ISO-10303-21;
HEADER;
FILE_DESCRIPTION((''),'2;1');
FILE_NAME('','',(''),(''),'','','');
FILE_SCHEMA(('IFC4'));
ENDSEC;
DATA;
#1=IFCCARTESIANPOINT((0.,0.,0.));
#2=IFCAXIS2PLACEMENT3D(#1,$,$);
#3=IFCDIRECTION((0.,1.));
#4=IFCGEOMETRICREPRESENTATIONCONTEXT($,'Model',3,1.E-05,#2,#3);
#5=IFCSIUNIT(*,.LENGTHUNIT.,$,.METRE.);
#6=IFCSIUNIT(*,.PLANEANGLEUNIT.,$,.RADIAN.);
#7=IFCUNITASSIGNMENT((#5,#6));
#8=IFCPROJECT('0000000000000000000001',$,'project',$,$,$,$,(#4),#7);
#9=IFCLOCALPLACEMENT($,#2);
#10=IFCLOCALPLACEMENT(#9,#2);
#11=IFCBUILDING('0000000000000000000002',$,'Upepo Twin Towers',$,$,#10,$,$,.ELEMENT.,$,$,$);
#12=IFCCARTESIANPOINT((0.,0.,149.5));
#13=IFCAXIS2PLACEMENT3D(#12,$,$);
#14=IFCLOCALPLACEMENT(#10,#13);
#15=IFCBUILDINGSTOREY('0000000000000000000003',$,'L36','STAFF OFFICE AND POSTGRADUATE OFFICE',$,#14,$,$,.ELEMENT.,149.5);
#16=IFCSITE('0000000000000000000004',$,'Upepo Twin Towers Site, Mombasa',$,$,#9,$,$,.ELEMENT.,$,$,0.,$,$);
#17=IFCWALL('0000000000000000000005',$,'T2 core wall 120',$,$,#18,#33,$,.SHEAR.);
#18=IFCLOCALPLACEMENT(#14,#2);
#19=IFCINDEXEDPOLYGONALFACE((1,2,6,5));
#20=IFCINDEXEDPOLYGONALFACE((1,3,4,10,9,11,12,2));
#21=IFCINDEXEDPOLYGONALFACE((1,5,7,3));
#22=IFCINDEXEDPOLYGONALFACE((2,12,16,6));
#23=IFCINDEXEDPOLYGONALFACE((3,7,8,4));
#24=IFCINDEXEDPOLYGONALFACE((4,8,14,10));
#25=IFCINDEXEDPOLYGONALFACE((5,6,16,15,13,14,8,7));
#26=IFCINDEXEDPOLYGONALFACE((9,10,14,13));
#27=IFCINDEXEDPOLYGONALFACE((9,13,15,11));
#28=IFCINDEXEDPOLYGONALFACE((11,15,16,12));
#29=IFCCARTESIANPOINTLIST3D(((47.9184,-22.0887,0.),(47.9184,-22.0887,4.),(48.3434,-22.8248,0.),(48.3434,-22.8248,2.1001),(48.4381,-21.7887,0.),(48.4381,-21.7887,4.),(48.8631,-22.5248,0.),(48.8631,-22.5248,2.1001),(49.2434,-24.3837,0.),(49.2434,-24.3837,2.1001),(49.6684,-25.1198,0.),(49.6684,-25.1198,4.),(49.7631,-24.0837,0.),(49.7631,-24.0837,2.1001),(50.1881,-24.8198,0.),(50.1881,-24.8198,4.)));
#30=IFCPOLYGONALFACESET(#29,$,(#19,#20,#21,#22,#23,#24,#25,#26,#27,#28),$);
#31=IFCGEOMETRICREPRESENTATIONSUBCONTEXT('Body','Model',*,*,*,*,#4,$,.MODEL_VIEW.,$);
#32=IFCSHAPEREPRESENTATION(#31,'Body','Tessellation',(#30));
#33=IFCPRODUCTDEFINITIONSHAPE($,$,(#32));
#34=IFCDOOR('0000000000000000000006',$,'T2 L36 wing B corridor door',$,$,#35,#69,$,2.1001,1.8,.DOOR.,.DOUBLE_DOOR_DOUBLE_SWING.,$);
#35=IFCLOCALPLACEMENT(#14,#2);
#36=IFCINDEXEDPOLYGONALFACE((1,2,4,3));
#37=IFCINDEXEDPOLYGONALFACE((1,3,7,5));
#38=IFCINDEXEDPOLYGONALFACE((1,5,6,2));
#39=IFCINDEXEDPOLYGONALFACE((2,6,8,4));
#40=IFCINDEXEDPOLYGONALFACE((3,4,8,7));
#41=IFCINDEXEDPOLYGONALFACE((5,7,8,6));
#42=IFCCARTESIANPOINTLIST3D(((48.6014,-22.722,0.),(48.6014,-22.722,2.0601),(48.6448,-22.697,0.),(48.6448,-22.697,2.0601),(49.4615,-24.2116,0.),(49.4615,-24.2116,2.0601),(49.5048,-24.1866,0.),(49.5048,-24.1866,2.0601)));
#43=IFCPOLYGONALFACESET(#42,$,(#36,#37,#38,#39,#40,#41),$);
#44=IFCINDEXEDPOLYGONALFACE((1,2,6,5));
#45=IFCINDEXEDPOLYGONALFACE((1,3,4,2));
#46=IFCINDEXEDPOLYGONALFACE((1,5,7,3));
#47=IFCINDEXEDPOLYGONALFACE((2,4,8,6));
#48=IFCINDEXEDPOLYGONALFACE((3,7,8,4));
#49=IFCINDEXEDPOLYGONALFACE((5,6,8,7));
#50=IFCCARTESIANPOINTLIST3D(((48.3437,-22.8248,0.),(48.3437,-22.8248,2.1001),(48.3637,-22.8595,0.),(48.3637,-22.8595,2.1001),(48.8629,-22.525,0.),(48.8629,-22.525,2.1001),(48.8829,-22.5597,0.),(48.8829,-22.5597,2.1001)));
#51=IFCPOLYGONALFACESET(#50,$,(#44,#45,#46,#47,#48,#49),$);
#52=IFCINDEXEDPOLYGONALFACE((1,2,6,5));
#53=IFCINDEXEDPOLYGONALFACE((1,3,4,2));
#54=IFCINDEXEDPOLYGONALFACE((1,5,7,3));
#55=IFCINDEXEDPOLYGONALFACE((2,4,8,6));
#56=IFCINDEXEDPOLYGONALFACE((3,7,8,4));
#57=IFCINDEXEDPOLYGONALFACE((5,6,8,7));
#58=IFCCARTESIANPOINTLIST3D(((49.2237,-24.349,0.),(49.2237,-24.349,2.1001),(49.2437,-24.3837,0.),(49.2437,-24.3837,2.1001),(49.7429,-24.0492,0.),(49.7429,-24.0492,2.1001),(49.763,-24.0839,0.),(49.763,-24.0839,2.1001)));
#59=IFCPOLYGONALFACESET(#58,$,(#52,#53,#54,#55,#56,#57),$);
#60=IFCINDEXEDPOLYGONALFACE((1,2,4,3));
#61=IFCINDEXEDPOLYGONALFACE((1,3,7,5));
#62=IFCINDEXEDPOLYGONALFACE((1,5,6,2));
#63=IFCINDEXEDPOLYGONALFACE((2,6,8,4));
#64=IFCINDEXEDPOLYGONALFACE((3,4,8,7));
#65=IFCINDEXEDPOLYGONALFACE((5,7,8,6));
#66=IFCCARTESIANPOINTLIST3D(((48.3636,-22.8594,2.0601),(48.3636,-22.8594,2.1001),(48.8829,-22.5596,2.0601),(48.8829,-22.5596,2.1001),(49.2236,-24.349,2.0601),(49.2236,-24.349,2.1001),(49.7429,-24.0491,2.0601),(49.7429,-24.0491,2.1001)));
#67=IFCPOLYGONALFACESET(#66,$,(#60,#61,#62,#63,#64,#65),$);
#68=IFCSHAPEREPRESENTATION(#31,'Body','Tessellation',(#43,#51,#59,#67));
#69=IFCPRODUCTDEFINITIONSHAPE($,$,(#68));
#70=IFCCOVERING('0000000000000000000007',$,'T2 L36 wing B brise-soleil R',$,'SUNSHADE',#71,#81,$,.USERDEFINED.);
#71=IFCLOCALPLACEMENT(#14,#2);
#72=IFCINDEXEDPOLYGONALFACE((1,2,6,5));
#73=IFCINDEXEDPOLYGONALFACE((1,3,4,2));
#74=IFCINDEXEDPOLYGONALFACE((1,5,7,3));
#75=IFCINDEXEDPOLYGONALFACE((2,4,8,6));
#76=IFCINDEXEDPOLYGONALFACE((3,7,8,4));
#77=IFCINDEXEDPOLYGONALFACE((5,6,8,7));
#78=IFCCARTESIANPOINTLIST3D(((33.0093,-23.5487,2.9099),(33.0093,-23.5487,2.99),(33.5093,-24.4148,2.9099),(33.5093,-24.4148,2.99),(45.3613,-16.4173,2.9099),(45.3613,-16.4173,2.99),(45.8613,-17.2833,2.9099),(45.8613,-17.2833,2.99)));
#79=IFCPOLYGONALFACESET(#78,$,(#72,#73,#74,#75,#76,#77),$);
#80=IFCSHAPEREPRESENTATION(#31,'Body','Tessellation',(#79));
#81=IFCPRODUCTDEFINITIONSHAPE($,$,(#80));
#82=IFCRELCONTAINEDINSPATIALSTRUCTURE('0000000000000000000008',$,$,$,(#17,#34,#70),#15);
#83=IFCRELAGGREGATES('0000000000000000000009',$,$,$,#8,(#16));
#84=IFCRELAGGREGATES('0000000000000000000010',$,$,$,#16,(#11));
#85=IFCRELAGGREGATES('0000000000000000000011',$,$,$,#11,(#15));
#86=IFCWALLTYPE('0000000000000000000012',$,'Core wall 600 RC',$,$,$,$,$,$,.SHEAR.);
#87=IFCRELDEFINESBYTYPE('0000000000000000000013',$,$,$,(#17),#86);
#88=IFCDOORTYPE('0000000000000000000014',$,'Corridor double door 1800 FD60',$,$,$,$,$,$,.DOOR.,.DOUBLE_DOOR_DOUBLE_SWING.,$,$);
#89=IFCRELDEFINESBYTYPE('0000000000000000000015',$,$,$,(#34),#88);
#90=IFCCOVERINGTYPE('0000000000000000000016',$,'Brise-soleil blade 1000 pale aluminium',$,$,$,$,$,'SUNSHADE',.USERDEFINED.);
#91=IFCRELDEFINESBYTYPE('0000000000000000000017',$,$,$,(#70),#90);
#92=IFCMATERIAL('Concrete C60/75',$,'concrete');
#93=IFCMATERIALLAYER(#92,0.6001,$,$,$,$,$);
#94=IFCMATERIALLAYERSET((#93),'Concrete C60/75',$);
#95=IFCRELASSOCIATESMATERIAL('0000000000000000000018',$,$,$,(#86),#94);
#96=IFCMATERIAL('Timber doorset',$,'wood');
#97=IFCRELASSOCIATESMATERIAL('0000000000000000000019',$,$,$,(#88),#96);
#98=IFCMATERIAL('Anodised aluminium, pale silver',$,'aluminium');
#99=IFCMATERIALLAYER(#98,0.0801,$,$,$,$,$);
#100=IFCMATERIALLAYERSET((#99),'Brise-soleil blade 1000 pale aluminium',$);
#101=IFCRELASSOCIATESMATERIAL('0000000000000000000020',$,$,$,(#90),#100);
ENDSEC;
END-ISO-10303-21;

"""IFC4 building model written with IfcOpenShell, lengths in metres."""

from ifc_helpers import new_model, si_unit, direction, frame, frame_2d, origin, origin_2d, place, context, subcontext, project, spatial, rectangle, extrude, material, layer, layer_set, type_object, element, fill, save


model = new_model("IFC4")

# Units and contexts
model_context = context("Model", 3, precision=1e-05, world=origin(), true_north=direction((0.0, 1.0)))
body_context = subcontext(model_context, "Body", "Model", "MODEL_VIEW")
ifc_project = project(units=[si_unit("LENGTHUNIT", "METRE"), si_unit("PLANEANGLEUNIT", "RADIAN")], contexts=[model_context])

# Site, building, storey
site_placement = place(None, origin())
site = spatial("IfcSite", under=ifc_project, at=site_placement, Name="Upepo Twin Towers Site, Mombasa", CompositionType="ELEMENT", RefElevation=0.0)
building_placement = place(site_placement, origin())
building = spatial("IfcBuilding", under=site, at=building_placement, Name="Upepo Twin Towers", CompositionType="ELEMENT")
storey_placement = place(building_placement, frame((0.0, 0.0, 149.5)))
storey = spatial("IfcBuildingStorey", under=building, at=storey_placement, Name="L36", Description="STAFF OFFICE AND POSTGRADUATE OFFICE", CompositionType="ELEMENT", Elevation=149.5)

# Shared definitions
ifc_material_1 = material(Name="Concrete C60/75", Category="concrete")
ifc_layer_1 = layer(ifc_material_1, 0.6001)
ifc_layer_set_1 = layer_set([ifc_layer_1], Name="Concrete C60/75")
wall_type = type_object("IfcWallType", Name="Core wall 600 RC", PredefinedType="SHEAR", material=ifc_layer_set_1)

# Wall, opening, door
wall_1_placement = place(storey_placement, frame((48.1782, -21.9387, 0.0), z_axis=(0.0, 0.0, 1.0), x_axis=(0.50001, -0.866019, 0.0)))
wall_1 = element("IfcWall", 1, at=wall_1_placement, inside=storey, type_object=wall_type, Name="T2 core wall 120", PredefinedType="SHEAR", context=body_context, shape_type="SweptSolid", body=[
    extrude(rectangle(XDim=3.5, YDim=0.6001, at=frame_2d((1.75, 0.0))), origin(), (0.0, 0.0, 1.0), 4.0),
])
opening_placement = place(wall_1_placement, frame((0.8501, 0.0, 0.0)))
opening = element("IfcOpeningElement", 2, at=opening_placement, cuts=wall_1, PredefinedType="OPENING", context=body_context, shape_type="SweptSolid", body=[
    extrude(rectangle(XDim=1.8, YDim=2.1001, at=frame_2d((0.8999, 1.05))), frame((0.0, 0.3101, 0.0), z_axis=(0.0, -1.0, 0.0), x_axis=(1.0, 0.0, 0.0)), (0.0, 0.0, 1.0), 0.6201),
])
ifc_material_2 = material(Name="Timber doorset", Category="wood")
door_type = type_object("IfcDoorType", Name="Corridor double door 1800 FD60", OperationType="DOUBLE_DOOR_DOUBLE_SWING", PredefinedType="DOOR", material=ifc_material_2)
door_placement = place(opening_placement, origin())
door = element("IfcDoor", 3, at=door_placement, inside=storey, type_object=door_type, Name="T2 L36 wing B corridor door", OperationType="DOUBLE_DOOR_DOUBLE_SWING", OverallHeight=2.1001, OverallWidth=1.8, PredefinedType="DOOR", context=body_context, shape_type="SweptSolid", body=[
    extrude(rectangle(XDim=1.72, YDim=2.0601, at=frame_2d((0.8999, 1.03))), frame((0.0, 0.0249, 0.0), z_axis=(0.0, -1.0, 0.0), x_axis=(1.0, 0.0, 0.0)), (0.0, 0.0, 1.0), 0.05),
    extrude(rectangle(XDim=0.04, YDim=2.1001, at=frame_2d((0.02, 1.05))), frame((0.0, 0.2998, 0.0), z_axis=(0.0, -1.0, 0.0), x_axis=(1.0, 0.0, 0.0)), (0.0, 0.0, 1.0), 0.5996),
    extrude(rectangle(XDim=0.04, YDim=2.1001, at=frame_2d((1.78, 1.05))), frame((0.0, 0.2998, 0.0), z_axis=(0.0, -1.0, 0.0), x_axis=(1.0, 0.0, 0.0)), (0.0, 0.0, 1.0), 0.5996),
    extrude(rectangle(XDim=1.72, YDim=0.04, at=frame_2d((0.8999, 2.0801))), frame((0.0, 0.2998, 0.0), z_axis=(0.0, -1.0, 0.0), x_axis=(1.0, 0.0, 0.0)), (0.0, 0.0, 1.0), 0.5996),
])
fill(opening, door)

# Covering
ifc_material_3 = material(Name="Anodised aluminium, pale silver", Category="aluminium")
ifc_layer_2 = layer(ifc_material_3, 0.0801)
ifc_layer_set_2 = layer_set([ifc_layer_2], Name="Brise-soleil blade 1000 pale aluminium")
covering_type = type_object("IfcCoveringType", Name="Brise-soleil blade 1000 pale aluminium", ElementType="SUNSHADE", PredefinedType="USERDEFINED", material=ifc_layer_set_2)
covering_placement = place(storey_placement, frame((39.4353, -20.416, 2.9099), z_axis=(0.0, 0.0, 1.0), x_axis=(-0.866025, -0.5, 0.0)))
element("IfcCovering", 4, at=covering_placement, inside=storey, type_object=covering_type, Name="T2 L36 wing B brise-soleil R", ObjectType="SUNSHADE", PredefinedType="USERDEFINED", context=body_context, shape_type="SweptSolid", body=[
    extrude(rectangle(XDim=14.2629, YDim=1.0, at=origin_2d()), origin(), (0.0, 0.0, 1.0), 0.0801),
])

save(model, "model.ifc")
